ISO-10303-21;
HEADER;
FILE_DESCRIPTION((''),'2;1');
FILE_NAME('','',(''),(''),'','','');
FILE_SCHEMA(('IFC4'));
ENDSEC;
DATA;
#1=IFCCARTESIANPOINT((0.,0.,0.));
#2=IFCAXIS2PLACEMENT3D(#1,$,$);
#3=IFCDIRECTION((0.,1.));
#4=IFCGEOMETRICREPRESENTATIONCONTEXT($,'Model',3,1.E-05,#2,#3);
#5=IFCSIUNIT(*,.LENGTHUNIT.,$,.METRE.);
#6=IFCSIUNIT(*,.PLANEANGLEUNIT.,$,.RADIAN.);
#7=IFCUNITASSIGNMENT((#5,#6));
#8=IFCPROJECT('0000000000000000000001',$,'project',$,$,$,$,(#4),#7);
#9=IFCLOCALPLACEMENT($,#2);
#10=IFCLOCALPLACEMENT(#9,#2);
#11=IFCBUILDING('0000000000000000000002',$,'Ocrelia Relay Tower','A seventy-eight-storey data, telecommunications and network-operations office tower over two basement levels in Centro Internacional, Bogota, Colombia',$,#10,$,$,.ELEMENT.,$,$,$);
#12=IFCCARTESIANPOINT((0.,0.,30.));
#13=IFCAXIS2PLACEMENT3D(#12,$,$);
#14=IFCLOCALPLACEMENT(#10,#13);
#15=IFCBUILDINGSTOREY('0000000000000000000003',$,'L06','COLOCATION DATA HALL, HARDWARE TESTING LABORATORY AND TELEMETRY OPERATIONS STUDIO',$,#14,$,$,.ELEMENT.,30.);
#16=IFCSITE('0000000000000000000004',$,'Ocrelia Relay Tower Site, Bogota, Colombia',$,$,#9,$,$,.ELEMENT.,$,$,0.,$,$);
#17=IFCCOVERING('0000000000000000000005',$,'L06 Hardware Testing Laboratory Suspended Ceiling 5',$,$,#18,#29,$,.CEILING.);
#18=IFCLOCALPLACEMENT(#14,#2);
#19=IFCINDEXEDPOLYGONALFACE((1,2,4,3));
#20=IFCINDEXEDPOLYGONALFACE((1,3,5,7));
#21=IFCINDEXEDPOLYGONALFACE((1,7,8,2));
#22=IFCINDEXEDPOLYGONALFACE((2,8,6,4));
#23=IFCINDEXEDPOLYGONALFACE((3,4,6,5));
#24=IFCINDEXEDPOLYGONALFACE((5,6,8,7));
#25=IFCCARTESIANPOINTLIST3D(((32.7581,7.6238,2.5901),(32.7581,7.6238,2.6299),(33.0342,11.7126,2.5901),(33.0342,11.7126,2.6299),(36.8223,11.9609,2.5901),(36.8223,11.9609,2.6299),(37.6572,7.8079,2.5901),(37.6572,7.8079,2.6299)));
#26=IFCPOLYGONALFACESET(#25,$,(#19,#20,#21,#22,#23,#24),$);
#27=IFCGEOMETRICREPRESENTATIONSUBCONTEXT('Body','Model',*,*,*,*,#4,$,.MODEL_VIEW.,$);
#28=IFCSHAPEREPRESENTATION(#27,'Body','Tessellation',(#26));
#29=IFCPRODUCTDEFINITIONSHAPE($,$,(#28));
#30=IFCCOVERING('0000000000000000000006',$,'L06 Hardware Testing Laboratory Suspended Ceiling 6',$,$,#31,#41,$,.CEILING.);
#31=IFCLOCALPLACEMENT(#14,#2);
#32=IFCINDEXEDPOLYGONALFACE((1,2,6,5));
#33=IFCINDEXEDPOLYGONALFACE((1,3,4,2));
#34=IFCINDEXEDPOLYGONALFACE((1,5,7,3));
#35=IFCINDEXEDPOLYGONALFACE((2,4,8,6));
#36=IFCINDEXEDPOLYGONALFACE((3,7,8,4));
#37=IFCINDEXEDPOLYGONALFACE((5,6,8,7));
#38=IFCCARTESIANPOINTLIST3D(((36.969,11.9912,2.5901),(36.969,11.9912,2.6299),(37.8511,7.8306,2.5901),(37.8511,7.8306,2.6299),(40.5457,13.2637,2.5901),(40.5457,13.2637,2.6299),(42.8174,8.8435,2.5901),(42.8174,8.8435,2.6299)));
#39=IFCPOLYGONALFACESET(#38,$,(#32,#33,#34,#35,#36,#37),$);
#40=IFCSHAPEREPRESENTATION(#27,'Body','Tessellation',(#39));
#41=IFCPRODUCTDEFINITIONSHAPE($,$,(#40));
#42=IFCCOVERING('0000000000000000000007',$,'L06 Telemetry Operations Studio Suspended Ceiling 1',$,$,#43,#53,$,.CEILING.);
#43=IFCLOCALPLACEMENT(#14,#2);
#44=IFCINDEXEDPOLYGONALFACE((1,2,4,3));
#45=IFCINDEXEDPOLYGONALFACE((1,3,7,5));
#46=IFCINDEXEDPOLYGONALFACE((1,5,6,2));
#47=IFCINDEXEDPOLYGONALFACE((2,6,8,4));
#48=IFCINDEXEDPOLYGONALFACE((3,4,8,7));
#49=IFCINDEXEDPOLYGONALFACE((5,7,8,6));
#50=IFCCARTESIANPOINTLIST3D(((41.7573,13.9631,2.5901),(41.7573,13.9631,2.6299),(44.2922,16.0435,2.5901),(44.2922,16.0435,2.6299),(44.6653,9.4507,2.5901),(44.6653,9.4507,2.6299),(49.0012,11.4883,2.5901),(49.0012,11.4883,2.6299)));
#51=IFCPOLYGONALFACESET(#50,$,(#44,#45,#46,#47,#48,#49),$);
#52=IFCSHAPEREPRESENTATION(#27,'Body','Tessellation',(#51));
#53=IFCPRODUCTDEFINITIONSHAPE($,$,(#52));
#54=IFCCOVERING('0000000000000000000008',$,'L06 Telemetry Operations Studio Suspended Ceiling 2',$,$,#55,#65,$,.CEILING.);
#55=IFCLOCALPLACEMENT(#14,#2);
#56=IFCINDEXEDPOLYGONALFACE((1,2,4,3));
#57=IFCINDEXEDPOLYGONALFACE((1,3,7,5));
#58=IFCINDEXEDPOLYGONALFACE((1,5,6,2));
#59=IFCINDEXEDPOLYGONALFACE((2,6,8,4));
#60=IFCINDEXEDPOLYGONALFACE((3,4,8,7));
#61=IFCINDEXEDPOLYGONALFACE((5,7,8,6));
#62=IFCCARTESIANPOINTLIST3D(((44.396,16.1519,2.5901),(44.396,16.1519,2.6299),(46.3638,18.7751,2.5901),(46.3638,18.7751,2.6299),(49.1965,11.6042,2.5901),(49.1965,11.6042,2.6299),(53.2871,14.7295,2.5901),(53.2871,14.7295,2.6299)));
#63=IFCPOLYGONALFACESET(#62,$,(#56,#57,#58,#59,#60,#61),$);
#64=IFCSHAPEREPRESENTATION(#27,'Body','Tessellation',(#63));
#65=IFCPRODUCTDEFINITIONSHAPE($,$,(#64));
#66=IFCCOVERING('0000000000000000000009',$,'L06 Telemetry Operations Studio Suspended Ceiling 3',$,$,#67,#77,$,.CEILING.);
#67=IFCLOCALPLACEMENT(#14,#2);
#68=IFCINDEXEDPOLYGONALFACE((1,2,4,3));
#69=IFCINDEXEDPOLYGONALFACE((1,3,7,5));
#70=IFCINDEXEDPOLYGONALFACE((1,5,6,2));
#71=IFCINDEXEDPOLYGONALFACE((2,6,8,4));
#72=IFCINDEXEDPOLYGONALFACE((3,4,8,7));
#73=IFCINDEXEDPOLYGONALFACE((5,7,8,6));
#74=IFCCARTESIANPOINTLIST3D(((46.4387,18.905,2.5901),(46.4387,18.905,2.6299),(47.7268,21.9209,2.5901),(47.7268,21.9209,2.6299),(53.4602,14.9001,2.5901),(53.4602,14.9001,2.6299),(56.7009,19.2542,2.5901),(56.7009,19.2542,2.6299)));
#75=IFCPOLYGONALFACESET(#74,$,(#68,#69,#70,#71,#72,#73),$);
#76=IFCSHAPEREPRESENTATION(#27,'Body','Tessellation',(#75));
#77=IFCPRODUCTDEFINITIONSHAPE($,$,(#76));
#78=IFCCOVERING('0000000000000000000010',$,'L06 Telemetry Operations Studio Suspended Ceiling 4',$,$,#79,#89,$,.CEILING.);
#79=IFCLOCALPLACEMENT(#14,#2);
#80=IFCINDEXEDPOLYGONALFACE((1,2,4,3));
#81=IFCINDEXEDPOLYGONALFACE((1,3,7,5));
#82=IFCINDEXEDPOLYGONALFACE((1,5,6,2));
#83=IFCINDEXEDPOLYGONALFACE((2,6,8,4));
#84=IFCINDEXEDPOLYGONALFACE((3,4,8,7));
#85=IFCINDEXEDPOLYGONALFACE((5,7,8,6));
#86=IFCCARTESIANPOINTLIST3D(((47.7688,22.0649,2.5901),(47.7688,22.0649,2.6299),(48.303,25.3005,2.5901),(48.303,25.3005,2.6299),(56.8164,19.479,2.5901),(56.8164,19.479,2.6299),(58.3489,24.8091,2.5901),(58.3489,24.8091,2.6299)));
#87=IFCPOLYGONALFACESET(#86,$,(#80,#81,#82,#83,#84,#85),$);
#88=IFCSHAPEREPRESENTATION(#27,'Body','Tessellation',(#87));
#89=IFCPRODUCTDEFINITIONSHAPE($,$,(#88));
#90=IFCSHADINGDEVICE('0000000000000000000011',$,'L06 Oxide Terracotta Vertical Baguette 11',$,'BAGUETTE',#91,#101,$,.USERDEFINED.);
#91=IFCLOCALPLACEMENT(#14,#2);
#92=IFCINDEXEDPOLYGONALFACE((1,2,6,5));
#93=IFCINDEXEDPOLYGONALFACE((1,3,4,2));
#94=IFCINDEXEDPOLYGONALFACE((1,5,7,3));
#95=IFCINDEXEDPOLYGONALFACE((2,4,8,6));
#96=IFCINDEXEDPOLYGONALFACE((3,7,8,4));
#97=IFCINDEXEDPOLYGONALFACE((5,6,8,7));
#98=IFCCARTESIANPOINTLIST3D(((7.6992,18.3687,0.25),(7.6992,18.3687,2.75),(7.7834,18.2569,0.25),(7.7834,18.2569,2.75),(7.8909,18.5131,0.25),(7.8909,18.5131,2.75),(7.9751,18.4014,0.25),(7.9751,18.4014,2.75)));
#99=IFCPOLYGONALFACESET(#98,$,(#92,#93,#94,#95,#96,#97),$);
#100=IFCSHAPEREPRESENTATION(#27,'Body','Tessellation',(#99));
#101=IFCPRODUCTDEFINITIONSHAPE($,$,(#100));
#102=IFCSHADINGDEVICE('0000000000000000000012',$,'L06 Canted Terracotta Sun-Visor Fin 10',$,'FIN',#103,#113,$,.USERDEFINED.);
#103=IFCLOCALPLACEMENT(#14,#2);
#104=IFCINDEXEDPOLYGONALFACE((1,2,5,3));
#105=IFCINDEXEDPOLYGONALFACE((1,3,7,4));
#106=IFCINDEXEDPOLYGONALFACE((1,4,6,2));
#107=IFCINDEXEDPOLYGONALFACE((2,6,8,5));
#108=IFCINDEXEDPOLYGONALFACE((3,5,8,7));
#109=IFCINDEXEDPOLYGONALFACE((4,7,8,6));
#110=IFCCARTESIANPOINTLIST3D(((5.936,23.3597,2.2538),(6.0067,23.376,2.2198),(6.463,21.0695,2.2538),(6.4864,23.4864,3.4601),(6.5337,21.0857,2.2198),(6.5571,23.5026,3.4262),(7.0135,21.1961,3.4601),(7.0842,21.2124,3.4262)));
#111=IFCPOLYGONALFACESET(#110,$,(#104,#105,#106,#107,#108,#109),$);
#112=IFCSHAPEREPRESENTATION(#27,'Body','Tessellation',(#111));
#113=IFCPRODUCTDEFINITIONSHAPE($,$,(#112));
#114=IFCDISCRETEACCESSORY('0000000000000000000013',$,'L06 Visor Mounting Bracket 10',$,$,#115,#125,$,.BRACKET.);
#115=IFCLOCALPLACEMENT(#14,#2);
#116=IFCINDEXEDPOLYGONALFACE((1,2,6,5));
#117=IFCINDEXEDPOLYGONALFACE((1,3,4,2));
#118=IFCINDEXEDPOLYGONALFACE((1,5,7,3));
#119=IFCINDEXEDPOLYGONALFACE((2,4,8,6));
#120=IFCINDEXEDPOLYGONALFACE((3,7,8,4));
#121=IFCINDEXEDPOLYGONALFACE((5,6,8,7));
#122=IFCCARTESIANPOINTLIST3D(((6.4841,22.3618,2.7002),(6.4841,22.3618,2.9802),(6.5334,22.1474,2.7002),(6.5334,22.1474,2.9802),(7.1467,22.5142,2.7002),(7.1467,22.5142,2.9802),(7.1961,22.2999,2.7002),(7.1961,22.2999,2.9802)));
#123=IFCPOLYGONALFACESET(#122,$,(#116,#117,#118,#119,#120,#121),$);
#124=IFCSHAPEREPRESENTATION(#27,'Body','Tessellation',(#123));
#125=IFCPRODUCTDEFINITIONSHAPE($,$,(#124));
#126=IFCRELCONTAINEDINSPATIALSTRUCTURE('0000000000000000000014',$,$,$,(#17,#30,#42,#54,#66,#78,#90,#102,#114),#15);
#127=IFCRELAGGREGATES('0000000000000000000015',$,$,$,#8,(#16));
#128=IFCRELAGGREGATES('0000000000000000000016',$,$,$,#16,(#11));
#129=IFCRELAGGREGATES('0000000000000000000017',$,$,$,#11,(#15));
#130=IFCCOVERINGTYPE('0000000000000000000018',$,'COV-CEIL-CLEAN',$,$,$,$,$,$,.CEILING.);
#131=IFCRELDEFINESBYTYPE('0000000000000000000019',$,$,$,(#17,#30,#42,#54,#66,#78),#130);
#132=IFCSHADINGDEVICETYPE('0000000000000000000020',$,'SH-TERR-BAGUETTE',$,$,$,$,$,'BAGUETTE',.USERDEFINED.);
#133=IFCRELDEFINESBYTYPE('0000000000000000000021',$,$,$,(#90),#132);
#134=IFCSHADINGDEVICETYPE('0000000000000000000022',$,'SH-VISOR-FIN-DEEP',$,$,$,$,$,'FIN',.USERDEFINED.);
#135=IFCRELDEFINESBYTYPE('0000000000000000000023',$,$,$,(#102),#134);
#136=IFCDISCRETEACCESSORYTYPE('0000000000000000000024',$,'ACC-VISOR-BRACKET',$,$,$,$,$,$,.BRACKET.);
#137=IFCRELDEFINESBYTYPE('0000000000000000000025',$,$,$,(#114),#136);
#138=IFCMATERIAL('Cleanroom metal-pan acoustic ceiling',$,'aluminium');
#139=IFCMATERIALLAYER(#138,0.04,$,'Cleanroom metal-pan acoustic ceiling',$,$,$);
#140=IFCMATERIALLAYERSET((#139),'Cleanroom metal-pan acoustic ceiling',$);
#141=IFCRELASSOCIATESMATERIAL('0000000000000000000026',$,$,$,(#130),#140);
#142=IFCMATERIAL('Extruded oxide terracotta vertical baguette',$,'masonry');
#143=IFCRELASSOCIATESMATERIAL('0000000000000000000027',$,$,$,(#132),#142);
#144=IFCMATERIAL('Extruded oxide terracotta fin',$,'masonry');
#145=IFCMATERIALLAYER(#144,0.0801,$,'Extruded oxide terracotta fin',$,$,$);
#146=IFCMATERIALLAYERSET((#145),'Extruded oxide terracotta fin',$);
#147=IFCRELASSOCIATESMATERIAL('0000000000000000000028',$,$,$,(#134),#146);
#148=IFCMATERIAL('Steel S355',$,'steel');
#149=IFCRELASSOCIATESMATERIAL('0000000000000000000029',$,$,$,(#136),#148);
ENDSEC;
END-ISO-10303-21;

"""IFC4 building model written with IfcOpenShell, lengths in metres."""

from ifc_helpers import new_model, si_unit, direction, frame, origin, origin_2d, place, context, subcontext, project, spatial, polyline, rectangle, outline, extrude, material, layer, layer_set, type_object, element, save


model = new_model("IFC4")

# Units and contexts
model_context = context("Model", 3, precision=1e-05, world=origin(), true_north=direction((0.0, 1.0)))
body_context = subcontext(model_context, "Body", "Model", "MODEL_VIEW")
ifc_project = project(units=[si_unit("LENGTHUNIT", "METRE"), si_unit("PLANEANGLEUNIT", "RADIAN")], contexts=[model_context])

# Site, building, storey
site_placement = place(None, origin())
site = spatial("IfcSite", under=ifc_project, at=site_placement, Name="Ocrelia Relay Tower Site, Bogota, Colombia", CompositionType="ELEMENT", RefElevation=0.0)
building_placement = place(site_placement, origin())
building = spatial("IfcBuilding", under=site, at=building_placement, Name="Ocrelia Relay Tower", Description="A seventy-eight-storey data, telecommunications and network-operations office tower over two basement levels in Centro Internacional, Bogota, Colombia", CompositionType="ELEMENT")
storey_placement = place(building_placement, frame((0.0, 0.0, 30.0)))
storey = spatial("IfcBuildingStorey", under=building, at=storey_placement, Name="L06", Description="COLOCATION DATA HALL, HARDWARE TESTING LABORATORY AND TELEMETRY OPERATIONS STUDIO", CompositionType="ELEMENT", Elevation=30.0)

# Coverings
ifc_material_1 = material(Name="Cleanroom metal-pan acoustic ceiling", Category="aluminium")
ifc_layer_1 = layer(ifc_material_1, 0.04, Name="Cleanroom metal-pan acoustic ceiling")
ifc_layer_set_1 = layer_set([ifc_layer_1], Name="Cleanroom metal-pan acoustic ceiling")
covering_type = type_object("IfcCoveringType", Name="COV-CEIL-CLEAN", PredefinedType="CEILING", material=ifc_layer_set_1)
covering_1_placement = place(storey_placement, frame((0.0, 0.0, 2.5901)))
element("IfcCovering", 1, at=covering_1_placement, inside=storey, type_object=covering_type, Name="L06 Hardware Testing Laboratory Suspended Ceiling 5", PredefinedType="CEILING", context=body_context, shape_type="SweptSolid", body=[
    extrude(outline(polyline([(33.0342, 11.7126), (32.7581, 7.6238), (37.6572, 7.8079), (36.8223, 11.9609), (33.0342, 11.7126)])), origin(), (0.0, 0.0, 1.0), 0.0398),
])
covering_2_placement = place(storey_placement, frame((0.0, 0.0, 2.5901)))
element("IfcCovering", 2, at=covering_2_placement, inside=storey, type_object=covering_type, Name="L06 Hardware Testing Laboratory Suspended Ceiling 6", PredefinedType="CEILING", context=body_context, shape_type="SweptSolid", body=[
    extrude(outline(polyline([(36.969, 11.9912), (37.8511, 7.8306), (42.8174, 8.8435), (40.5457, 13.2637), (36.969, 11.9912)])), origin(), (0.0, 0.0, 1.0), 0.0398),
])
covering_3_placement = place(storey_placement, frame((0.0, 0.0, 2.5901)))
element("IfcCovering", 3, at=covering_3_placement, inside=storey, type_object=covering_type, Name="L06 Telemetry Operations Studio Suspended Ceiling 1", PredefinedType="CEILING", context=body_context, shape_type="SweptSolid", body=[
    extrude(outline(polyline([(41.7573, 13.9631), (44.6653, 9.4507), (49.0012, 11.4883), (44.2922, 16.0435), (41.7573, 13.9631)])), origin(), (0.0, 0.0, 1.0), 0.0398),
])
covering_4_placement = place(storey_placement, frame((0.0, 0.0, 2.5901)))
element("IfcCovering", 4, at=covering_4_placement, inside=storey, type_object=covering_type, Name="L06 Telemetry Operations Studio Suspended Ceiling 2", PredefinedType="CEILING", context=body_context, shape_type="SweptSolid", body=[
    extrude(outline(polyline([(44.396, 16.1519), (49.1965, 11.6042), (53.2871, 14.7295), (46.3638, 18.7751), (44.396, 16.1519)])), origin(), (0.0, 0.0, 1.0), 0.0398),
])
covering_5_placement = place(storey_placement, frame((0.0, 0.0, 2.5901)))
element("IfcCovering", 5, at=covering_5_placement, inside=storey, type_object=covering_type, Name="L06 Telemetry Operations Studio Suspended Ceiling 3", PredefinedType="CEILING", context=body_context, shape_type="SweptSolid", body=[
    extrude(outline(polyline([(46.4387, 18.905), (53.4602, 14.9001), (56.7009, 19.2542), (47.7268, 21.9209), (46.4387, 18.905)])), origin(), (0.0, 0.0, 1.0), 0.0398),
])
covering_6_placement = place(storey_placement, frame((0.0, 0.0, 2.5901)))
element("IfcCovering", 6, at=covering_6_placement, inside=storey, type_object=covering_type, Name="L06 Telemetry Operations Studio Suspended Ceiling 4", PredefinedType="CEILING", context=body_context, shape_type="SweptSolid", body=[
    extrude(outline(polyline([(47.7688, 22.0649), (56.8164, 19.479), (58.3489, 24.8091), (48.303, 25.3005), (47.7688, 22.0649)])), origin(), (0.0, 0.0, 1.0), 0.0398),
])

# Shading devices
ifc_material_2 = material(Name="Extruded oxide terracotta vertical baguette", Category="masonry")
shading_device_type_1 = type_object("IfcShadingDeviceType", Name="SH-TERR-BAGUETTE", ElementType="BAGUETTE", PredefinedType="USERDEFINED", material=ifc_material_2)
shading_device_1_placement = place(storey_placement, frame((7.8372, 18.385, 0.25), z_axis=(0.0, 0.0, 1.0), x_axis=(0.60181, -0.79864, 0.0)))
element("IfcShadingDevice", 7, at=shading_device_1_placement, inside=storey, type_object=shading_device_type_1, Name="L06 Oxide Terracotta Vertical Baguette 11", ObjectType="BAGUETTE", PredefinedType="USERDEFINED", context=body_context, shape_type="SweptSolid", body=[
    extrude(rectangle(XDim=0.1399, YDim=0.24, at=origin_2d()), origin(), (0.0, 0.0, 1.0), 2.5),
])
ifc_material_3 = material(Name="Extruded oxide terracotta fin", Category="masonry")
ifc_layer_2 = layer(ifc_material_3, 0.0801, Name="Extruded oxide terracotta fin")
ifc_layer_set_2 = layer_set([ifc_layer_2], Name="Extruded oxide terracotta fin")
shading_device_type_2 = type_object("IfcShadingDeviceType", Name="SH-VISOR-FIN-DEEP", ElementType="FIN", PredefinedType="USERDEFINED", material=ifc_layer_set_2)
shading_device_2_placement = place(storey_placement, frame((6.5454, 22.2942, 2.823), z_axis=(-0.882574, -0.203107, 0.424041), x_axis=(0.224268, -0.974527, 0.0)))
element("IfcShadingDevice", 8, at=shading_device_2_placement, inside=storey, type_object=shading_device_type_2, Name="L06 Canted Terracotta Sun-Visor Fin 10", ObjectType="FIN", PredefinedType="USERDEFINED", context=body_context, shape_type="SweptSolid", body=[
    extrude(rectangle(XDim=2.3501, YDim=1.332, at=origin_2d()), origin(), (0.0, 0.0, 1.0), 0.0801),
])

# Discrete accessory
ifc_material_4 = material(Name="Steel S355", Category="steel")
discrete_accessory_type = type_object("IfcDiscreteAccessoryType", Name="ACC-VISOR-BRACKET", PredefinedType="BRACKET", material=ifc_material_4)
discrete_accessory_placement = place(storey_placement, frame((6.8401, 22.3308, 2.7002), z_axis=(0.0, 0.0, 1.0), x_axis=(0.224268, -0.974527, 0.0)))
element("IfcDiscreteAccessory", 9, at=discrete_accessory_placement, inside=storey, type_object=discrete_accessory_type, Name="L06 Visor Mounting Bracket 10", PredefinedType="BRACKET", context=body_context, shape_type="SweptSolid", body=[
    extrude(rectangle(XDim=0.22, YDim=0.6799, at=origin_2d()), origin(), (0.0, 0.0, 1.0), 0.28),
])

save(model, "model.ifc")
